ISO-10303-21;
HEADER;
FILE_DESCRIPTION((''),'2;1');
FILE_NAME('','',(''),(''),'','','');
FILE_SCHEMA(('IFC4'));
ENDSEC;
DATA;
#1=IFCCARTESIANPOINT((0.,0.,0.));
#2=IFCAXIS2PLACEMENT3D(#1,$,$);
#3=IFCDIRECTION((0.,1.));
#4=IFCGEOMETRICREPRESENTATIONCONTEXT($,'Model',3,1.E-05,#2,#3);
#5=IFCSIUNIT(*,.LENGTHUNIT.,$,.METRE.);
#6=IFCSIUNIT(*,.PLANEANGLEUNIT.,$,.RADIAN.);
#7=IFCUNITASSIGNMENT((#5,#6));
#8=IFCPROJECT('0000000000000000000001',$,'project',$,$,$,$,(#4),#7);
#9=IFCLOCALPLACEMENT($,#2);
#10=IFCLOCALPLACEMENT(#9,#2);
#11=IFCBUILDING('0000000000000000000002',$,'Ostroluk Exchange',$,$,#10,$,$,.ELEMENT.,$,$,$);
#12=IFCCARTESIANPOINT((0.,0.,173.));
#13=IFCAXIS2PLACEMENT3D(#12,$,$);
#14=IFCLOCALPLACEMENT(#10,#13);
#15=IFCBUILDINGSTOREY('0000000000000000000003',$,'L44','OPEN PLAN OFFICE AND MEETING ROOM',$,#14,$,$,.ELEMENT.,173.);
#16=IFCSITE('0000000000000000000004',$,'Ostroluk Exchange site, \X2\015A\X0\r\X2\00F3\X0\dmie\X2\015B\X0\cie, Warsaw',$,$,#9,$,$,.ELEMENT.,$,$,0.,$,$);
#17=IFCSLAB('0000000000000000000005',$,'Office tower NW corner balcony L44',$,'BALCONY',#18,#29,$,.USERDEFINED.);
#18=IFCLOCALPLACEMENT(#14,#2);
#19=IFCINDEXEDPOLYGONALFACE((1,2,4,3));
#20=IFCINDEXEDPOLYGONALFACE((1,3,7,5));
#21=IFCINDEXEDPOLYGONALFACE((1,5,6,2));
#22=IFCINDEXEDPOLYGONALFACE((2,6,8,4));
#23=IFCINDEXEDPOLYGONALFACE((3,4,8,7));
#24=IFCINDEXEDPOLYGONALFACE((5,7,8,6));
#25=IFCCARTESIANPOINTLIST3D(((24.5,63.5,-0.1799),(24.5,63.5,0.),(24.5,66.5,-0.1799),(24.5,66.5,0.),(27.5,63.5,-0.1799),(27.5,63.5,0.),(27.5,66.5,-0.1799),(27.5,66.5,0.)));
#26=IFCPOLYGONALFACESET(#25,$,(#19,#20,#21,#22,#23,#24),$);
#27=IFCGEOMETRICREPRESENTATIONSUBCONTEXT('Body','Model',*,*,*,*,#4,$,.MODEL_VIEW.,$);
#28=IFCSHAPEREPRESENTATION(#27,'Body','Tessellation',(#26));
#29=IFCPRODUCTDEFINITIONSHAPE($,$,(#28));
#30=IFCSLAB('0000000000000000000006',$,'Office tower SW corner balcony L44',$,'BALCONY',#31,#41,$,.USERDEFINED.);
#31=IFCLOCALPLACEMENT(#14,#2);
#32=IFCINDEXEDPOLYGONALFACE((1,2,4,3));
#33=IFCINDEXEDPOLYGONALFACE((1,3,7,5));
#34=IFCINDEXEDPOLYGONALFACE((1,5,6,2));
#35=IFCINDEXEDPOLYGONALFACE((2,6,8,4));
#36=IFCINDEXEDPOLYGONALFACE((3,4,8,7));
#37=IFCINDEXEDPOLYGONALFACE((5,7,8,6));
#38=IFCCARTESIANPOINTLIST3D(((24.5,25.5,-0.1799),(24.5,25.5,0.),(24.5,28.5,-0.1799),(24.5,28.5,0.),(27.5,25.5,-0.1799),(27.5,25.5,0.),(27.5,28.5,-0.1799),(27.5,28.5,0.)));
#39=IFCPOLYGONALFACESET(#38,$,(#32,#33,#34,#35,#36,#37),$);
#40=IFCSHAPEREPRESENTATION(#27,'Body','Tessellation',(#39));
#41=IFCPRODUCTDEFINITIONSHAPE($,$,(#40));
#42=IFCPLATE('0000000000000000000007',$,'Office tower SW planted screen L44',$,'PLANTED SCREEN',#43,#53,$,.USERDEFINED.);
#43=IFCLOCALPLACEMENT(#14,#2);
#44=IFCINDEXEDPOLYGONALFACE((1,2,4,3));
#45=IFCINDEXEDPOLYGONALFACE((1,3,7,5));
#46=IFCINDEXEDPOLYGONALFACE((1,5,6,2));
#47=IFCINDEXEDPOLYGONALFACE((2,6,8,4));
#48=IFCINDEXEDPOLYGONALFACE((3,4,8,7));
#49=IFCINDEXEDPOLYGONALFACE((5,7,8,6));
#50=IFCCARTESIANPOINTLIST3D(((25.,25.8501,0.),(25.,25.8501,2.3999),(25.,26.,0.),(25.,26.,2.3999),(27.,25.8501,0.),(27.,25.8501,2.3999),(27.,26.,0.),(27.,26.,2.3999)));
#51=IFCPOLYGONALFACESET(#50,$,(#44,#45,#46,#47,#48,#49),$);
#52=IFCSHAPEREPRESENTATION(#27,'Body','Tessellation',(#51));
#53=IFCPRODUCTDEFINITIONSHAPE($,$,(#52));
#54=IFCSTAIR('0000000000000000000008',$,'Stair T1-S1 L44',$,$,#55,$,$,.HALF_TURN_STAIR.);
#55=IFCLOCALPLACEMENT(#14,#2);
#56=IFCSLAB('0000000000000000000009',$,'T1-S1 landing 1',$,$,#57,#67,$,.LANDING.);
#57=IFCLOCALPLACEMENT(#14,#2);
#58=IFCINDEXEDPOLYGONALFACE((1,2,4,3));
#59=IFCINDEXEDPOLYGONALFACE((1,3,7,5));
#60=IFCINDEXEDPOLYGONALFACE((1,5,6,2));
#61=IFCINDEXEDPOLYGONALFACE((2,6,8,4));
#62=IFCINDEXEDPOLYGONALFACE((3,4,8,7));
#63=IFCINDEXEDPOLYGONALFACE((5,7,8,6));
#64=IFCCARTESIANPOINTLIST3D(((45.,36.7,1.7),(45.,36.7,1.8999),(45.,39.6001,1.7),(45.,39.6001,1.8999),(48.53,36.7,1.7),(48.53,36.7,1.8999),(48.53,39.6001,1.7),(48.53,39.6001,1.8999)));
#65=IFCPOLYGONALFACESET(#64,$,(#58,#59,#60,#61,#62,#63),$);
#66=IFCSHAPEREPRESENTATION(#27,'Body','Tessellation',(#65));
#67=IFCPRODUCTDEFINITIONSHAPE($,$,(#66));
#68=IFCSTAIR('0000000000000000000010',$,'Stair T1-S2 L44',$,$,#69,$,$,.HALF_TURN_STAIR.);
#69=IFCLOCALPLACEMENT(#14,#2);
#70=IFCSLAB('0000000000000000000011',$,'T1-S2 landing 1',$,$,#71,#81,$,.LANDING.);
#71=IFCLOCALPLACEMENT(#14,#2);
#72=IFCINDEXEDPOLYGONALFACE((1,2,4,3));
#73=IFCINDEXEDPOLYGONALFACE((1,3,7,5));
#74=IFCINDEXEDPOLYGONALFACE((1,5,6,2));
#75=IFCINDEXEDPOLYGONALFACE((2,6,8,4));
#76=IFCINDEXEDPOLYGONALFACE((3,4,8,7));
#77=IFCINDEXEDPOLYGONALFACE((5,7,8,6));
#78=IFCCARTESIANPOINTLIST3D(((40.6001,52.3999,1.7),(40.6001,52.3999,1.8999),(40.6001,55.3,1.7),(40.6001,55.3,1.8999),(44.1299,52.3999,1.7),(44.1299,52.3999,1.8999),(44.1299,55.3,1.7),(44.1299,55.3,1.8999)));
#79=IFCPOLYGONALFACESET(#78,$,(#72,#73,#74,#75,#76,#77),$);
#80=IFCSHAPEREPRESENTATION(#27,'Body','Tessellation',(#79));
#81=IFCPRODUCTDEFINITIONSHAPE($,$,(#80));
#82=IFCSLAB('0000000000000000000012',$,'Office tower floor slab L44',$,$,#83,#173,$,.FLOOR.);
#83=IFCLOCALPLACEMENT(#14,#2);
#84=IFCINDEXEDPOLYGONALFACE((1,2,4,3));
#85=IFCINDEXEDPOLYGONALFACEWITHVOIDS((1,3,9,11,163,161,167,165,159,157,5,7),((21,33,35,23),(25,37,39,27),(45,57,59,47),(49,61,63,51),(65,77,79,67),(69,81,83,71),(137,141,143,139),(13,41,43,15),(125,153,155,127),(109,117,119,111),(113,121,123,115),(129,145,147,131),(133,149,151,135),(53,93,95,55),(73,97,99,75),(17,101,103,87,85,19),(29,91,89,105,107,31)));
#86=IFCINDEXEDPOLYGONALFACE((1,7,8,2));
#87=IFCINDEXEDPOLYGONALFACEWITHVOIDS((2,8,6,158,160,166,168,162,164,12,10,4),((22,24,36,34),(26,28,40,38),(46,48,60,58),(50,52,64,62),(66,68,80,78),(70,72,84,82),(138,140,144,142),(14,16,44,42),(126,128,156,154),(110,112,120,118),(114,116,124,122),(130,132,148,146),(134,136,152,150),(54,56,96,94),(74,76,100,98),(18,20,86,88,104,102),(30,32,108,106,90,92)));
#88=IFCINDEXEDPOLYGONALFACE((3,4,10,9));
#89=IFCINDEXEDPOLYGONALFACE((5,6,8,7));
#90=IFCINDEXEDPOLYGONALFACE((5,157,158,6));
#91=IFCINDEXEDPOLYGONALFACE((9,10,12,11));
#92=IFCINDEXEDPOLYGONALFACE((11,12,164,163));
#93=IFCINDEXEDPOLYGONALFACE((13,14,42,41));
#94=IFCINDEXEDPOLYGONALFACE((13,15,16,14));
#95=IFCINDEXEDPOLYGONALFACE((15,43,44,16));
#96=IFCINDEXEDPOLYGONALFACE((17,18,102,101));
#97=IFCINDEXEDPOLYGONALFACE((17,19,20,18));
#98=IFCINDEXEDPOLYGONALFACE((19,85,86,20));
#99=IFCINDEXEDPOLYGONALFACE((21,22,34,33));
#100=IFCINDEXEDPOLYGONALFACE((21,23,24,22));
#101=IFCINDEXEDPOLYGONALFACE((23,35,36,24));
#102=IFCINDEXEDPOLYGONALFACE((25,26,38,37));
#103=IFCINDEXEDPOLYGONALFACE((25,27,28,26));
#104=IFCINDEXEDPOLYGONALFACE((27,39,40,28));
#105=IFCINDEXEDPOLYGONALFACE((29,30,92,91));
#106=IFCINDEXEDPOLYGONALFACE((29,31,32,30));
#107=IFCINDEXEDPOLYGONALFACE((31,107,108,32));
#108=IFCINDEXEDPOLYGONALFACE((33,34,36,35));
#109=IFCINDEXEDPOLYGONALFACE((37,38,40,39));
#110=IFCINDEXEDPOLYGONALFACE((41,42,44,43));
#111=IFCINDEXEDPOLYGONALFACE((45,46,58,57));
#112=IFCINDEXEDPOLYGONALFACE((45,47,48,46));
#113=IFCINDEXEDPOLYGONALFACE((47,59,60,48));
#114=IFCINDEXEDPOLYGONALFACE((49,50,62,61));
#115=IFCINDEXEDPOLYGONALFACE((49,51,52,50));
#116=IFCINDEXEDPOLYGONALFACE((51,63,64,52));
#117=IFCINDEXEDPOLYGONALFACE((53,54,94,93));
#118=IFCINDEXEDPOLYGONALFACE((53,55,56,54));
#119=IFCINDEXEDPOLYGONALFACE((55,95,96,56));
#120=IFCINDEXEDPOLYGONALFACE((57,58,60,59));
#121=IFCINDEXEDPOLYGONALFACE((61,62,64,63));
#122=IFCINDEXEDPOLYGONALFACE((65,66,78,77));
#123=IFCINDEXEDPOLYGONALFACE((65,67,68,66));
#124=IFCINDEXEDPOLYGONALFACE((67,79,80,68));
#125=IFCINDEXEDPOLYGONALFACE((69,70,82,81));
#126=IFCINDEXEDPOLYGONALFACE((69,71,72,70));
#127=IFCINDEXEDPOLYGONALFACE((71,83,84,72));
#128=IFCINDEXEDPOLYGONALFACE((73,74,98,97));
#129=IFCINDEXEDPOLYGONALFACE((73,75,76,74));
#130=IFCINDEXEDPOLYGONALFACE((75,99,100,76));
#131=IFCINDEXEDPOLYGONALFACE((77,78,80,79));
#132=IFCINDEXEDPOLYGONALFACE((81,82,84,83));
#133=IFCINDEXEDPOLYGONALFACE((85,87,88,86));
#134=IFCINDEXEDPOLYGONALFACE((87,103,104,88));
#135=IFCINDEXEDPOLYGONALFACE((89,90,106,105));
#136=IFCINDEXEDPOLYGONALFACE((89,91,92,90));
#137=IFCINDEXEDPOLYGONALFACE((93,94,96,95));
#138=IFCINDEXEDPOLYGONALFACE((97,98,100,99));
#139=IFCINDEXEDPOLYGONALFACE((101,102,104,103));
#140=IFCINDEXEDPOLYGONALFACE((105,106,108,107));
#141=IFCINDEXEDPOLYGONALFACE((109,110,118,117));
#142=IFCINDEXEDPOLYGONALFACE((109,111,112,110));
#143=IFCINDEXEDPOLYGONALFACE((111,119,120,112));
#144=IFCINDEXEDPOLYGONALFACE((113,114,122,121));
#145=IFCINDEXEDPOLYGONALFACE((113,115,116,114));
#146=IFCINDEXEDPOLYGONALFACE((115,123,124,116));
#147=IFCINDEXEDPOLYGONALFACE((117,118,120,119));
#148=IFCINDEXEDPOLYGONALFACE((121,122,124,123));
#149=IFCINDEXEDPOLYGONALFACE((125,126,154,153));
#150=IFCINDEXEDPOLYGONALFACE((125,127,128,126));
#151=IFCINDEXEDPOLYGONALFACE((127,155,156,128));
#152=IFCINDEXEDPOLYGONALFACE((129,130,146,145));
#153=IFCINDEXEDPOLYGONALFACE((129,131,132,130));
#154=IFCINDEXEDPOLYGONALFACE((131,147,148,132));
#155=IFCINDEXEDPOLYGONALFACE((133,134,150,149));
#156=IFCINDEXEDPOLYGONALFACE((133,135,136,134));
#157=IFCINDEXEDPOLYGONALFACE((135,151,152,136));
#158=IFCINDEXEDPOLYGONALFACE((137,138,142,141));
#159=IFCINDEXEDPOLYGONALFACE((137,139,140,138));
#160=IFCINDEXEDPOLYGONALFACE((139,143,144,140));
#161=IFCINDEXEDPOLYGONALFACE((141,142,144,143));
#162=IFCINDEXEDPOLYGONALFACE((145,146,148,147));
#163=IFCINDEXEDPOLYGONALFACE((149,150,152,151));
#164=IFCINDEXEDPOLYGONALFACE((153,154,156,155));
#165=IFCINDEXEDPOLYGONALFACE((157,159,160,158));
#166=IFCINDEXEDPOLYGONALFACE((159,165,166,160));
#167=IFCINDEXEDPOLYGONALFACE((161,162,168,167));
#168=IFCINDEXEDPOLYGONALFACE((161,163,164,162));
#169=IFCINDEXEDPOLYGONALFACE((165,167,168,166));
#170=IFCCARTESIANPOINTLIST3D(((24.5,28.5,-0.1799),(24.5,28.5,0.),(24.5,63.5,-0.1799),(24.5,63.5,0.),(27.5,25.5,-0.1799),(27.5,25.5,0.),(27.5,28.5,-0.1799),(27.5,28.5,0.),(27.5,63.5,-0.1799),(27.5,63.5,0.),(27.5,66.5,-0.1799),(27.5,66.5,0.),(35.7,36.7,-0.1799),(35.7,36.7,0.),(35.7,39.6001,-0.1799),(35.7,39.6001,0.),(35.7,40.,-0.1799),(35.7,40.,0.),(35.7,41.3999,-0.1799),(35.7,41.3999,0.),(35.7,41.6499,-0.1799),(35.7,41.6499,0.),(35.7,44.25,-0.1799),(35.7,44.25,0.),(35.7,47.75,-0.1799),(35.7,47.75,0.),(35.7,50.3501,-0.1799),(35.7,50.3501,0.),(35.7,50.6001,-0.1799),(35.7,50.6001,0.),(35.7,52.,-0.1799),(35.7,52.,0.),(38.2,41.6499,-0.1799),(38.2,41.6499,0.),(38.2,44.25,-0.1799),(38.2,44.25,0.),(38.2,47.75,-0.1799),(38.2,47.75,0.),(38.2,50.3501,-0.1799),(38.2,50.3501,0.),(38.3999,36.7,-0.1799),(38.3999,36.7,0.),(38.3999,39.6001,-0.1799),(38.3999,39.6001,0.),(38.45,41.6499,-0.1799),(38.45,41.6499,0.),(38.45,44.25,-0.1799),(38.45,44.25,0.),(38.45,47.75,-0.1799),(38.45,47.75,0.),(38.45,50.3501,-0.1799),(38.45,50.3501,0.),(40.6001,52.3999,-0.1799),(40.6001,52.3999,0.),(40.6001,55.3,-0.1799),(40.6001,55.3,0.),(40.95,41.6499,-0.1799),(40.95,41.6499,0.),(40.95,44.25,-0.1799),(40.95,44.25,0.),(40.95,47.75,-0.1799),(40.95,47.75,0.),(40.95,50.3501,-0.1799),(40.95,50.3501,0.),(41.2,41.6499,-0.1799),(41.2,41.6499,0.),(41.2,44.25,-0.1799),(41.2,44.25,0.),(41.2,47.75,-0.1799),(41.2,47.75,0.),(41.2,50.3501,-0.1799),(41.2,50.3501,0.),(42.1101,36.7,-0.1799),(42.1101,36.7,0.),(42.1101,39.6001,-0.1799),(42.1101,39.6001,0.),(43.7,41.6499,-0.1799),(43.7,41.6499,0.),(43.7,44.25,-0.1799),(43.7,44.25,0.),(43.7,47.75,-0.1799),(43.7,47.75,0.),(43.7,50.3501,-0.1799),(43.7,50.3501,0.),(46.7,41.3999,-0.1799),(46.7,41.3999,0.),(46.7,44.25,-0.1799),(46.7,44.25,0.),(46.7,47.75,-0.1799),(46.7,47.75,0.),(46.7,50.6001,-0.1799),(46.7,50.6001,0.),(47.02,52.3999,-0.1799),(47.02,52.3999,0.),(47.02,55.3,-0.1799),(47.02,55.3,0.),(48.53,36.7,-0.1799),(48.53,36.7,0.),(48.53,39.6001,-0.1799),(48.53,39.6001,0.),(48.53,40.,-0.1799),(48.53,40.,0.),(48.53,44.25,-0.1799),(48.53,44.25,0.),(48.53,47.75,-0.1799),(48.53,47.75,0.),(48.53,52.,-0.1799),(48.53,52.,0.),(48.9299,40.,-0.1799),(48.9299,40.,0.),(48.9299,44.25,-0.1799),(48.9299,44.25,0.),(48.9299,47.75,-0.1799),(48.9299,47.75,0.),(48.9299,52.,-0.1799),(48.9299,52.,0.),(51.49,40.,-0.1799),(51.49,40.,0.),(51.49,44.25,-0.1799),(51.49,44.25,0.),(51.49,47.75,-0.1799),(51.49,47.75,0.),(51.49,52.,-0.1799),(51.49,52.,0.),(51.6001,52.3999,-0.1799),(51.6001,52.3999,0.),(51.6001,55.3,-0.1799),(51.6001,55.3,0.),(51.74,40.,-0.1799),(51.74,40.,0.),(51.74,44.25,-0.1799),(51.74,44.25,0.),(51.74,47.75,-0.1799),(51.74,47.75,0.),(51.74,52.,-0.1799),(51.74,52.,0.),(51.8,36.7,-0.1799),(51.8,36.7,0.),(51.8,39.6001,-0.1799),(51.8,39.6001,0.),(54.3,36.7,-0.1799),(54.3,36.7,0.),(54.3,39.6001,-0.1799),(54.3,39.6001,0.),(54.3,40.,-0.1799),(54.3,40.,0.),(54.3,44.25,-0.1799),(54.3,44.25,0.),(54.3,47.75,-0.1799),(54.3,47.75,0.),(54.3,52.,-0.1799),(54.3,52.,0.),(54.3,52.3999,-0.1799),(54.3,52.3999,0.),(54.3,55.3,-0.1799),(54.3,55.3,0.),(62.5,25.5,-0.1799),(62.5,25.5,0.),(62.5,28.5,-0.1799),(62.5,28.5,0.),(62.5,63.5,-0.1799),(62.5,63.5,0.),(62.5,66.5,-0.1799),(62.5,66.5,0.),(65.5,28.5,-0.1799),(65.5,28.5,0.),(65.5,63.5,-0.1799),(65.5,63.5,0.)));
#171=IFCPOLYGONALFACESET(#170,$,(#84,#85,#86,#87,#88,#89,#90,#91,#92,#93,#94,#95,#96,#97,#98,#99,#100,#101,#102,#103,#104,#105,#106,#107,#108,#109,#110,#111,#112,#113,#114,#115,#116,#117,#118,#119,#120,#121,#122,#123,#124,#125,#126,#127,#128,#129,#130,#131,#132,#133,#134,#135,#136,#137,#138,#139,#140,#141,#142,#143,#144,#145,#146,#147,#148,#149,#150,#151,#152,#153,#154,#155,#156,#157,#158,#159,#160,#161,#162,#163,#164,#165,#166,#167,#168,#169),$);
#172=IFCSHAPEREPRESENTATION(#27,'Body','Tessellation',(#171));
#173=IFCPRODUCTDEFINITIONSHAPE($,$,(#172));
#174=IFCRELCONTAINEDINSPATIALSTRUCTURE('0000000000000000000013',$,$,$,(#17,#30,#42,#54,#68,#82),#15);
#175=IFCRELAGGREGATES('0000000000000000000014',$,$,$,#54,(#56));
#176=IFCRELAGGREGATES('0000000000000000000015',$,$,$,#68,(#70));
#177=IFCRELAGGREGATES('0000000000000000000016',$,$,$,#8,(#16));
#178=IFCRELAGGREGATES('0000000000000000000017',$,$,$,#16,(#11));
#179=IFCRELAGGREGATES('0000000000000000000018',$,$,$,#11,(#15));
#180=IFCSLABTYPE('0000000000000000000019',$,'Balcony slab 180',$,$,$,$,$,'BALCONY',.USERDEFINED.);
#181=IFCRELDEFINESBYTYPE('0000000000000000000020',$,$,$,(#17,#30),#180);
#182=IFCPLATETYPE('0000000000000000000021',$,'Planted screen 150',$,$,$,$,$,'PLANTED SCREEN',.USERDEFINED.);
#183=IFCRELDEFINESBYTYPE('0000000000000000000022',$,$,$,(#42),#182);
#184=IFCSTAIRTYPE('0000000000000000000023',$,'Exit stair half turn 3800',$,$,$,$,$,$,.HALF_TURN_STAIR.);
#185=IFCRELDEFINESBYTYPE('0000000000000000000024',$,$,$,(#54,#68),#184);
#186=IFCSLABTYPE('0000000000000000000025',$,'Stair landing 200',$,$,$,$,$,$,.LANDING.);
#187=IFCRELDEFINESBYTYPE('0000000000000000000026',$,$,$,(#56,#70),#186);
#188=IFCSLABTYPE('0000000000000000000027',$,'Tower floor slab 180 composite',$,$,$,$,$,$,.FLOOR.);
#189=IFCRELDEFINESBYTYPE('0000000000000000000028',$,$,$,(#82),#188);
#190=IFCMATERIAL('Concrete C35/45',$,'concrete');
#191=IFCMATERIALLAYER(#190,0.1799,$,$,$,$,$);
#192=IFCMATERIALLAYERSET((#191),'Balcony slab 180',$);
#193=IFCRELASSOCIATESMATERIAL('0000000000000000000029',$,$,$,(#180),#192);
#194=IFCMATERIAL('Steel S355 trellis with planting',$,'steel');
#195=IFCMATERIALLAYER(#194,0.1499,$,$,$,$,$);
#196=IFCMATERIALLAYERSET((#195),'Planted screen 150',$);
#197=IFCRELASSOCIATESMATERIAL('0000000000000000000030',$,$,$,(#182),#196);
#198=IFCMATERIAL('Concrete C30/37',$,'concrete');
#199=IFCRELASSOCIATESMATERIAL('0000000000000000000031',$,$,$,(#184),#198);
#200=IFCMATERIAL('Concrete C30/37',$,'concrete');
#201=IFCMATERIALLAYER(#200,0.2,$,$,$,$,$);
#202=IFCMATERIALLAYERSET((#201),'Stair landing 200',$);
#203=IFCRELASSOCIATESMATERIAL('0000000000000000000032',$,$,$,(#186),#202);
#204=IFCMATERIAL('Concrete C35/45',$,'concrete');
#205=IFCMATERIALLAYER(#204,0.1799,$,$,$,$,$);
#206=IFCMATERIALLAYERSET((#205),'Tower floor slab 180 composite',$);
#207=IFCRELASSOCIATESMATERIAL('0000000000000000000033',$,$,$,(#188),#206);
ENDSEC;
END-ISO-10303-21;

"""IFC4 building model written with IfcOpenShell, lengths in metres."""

from ifc_helpers import new_model, si_unit, direction, frame, origin, origin_2d, place, context, subcontext, project, spatial, polyline, rectangle, outline, extrude, material, layer, layer_set, type_object, element, aggregate, save


model = new_model("IFC4")

# Units and contexts
model_context = context("Model", 3, precision=1e-05, world=origin(), true_north=direction((0.0, 1.0)))
body_context = subcontext(model_context, "Body", "Model", "MODEL_VIEW")
ifc_project = project(units=[si_unit("LENGTHUNIT", "METRE"), si_unit("PLANEANGLEUNIT", "RADIAN")], contexts=[model_context])

# Site, building, storey
site_placement = place(None, origin())
site = spatial("IfcSite", under=ifc_project, at=site_placement, Name="Ostroluk Exchange site, Śródmieście, Warsaw", CompositionType="ELEMENT", RefElevation=0.0)
building_placement = place(site_placement, origin())
building = spatial("IfcBuilding", under=site, at=building_placement, Name="Ostroluk Exchange", CompositionType="ELEMENT")
storey_placement = place(building_placement, frame((0.0, 0.0, 173.0)))
storey = spatial("IfcBuildingStorey", under=building, at=storey_placement, Name="L44", Description="OPEN PLAN OFFICE AND MEETING ROOM", CompositionType="ELEMENT", Elevation=173.0)

# Slabs
ifc_material_1 = material(Name="Concrete C35/45", Category="concrete")
ifc_layer_1 = layer(ifc_material_1, 0.1799)
ifc_layer_set_1 = layer_set([ifc_layer_1], Name="Balcony slab 180")
slab_type_1 = type_object("IfcSlabType", Name="Balcony slab 180", ElementType="BALCONY", PredefinedType="USERDEFINED", material=ifc_layer_set_1)
slab_1_placement = place(storey_placement, frame((0.0, 0.0, -0.1799)))
element("IfcSlab", 1, at=slab_1_placement, inside=storey, type_object=slab_type_1, Name="Office tower NW corner balcony L44", ObjectType="BALCONY", PredefinedType="USERDEFINED", context=body_context, shape_type="SweptSolid", body=[
    extrude(outline(polyline([(24.5, 63.5), (27.5, 63.5), (27.5, 66.5), (24.5, 66.5), (24.5, 63.5)])), origin(), (0.0, 0.0, 1.0), 0.1799),
])
slab_2_placement = place(storey_placement, frame((0.0, 0.0, -0.1799)))
element("IfcSlab", 2, at=slab_2_placement, inside=storey, type_object=slab_type_1, Name="Office tower SW corner balcony L44", ObjectType="BALCONY", PredefinedType="USERDEFINED", context=body_context, shape_type="SweptSolid", body=[
    extrude(outline(polyline([(24.5, 25.5), (27.5, 25.5), (27.5, 28.5), (24.5, 28.5), (24.5, 25.5)])), origin(), (0.0, 0.0, 1.0), 0.1799),
])

# Plate
ifc_material_2 = material(Name="Steel S355 trellis with planting", Category="steel")
ifc_layer_2 = layer(ifc_material_2, 0.1499)
ifc_layer_set_2 = layer_set([ifc_layer_2], Name="Planted screen 150")
plate_type_1 = type_object("IfcPlateType", Name="Planted screen 150", ElementType="PLANTED SCREEN", PredefinedType="USERDEFINED", material=ifc_layer_set_2)
plate_1_placement = place(storey_placement, frame((26.0, 25.925, 0.0), z_axis=(0.0, 0.0, 1.0), x_axis=(1.0, 0.0, 0.0)))
element("IfcPlate", 3, at=plate_1_placement, inside=storey, type_object=plate_type_1, Name="Office tower SW planted screen L44", ObjectType="PLANTED SCREEN", PredefinedType="USERDEFINED", context=body_context, shape_type="SweptSolid", body=[
    extrude(rectangle(XDim=2.0, YDim=0.1499, at=origin_2d()), origin(), (0.0, 0.0, 1.0), 2.3999),
])

# Stairs, slabs
ifc_material_3 = material(Name="Concrete C30/37", Category="concrete")
stair_type = type_object("IfcStairType", Name="Exit stair half turn 3800", PredefinedType="HALF_TURN_STAIR", material=ifc_material_3)
stair_1_placement = place(storey_placement, origin())
stair_1 = element("IfcStair", 4, at=stair_1_placement, inside=storey, type_object=stair_type, Name="Stair T1-S1 L44", PredefinedType="HALF_TURN_STAIR")
ifc_material_4 = material(Name="Concrete C30/37", Category="concrete")
ifc_layer_3 = layer(ifc_material_4, 0.2)
ifc_layer_set_3 = layer_set([ifc_layer_3], Name="Stair landing 200")
slab_type_2 = type_object("IfcSlabType", Name="Stair landing 200", PredefinedType="LANDING", material=ifc_layer_set_3)
slab_3_placement = place(storey_placement, frame((0.0, 0.0, 1.7)))
slab_3 = element("IfcSlab", 5, at=slab_3_placement, type_object=slab_type_2, Name="T1-S1 landing 1", PredefinedType="LANDING", context=body_context, shape_type="SweptSolid", body=[
    extrude(outline(polyline([(45.0, 36.7), (45.0, 39.6001), (48.53, 39.6001), (48.53, 36.7), (45.0, 36.7)])), origin(), (0.0, 0.0, 1.0), 0.2),
])
aggregate(stair_1, [slab_3])
stair_2_placement = place(storey_placement, origin())
stair_2 = element("IfcStair", 6, at=stair_2_placement, inside=storey, type_object=stair_type, Name="Stair T1-S2 L44", PredefinedType="HALF_TURN_STAIR")
slab_4_placement = place(storey_placement, frame((0.0, 0.0, 1.7)))
slab_4 = element("IfcSlab", 7, at=slab_4_placement, type_object=slab_type_2, Name="T1-S2 landing 1", PredefinedType="LANDING", context=body_context, shape_type="SweptSolid", body=[
    extrude(outline(polyline([(44.1299, 52.3999), (44.1299, 55.3), (40.6001, 55.3), (40.6001, 52.3999), (44.1299, 52.3999)])), origin(), (0.0, 0.0, 1.0), 0.2),
])
aggregate(stair_2, [slab_4])

# Slab
ifc_material_5 = material(Name="Concrete C35/45", Category="concrete")
ifc_layer_4 = layer(ifc_material_5, 0.1799)
ifc_layer_set_4 = layer_set([ifc_layer_4], Name="Tower floor slab 180 composite")
slab_type_3 = type_object("IfcSlabType", Name="Tower floor slab 180 composite", PredefinedType="FLOOR", material=ifc_layer_set_4)
slab_5_placement = place(storey_placement, frame((0.0, 0.0, -0.1799)))
element("IfcSlab", 8, at=slab_5_placement, inside=storey, type_object=slab_type_3, Name="Office tower floor slab L44", PredefinedType="FLOOR", context=body_context, shape_type="SweptSolid", body=[
    extrude(outline(polyline([(27.5, 25.5), (62.5, 25.5), (62.5, 28.5), (65.5, 28.5), (65.5, 63.5), (62.5, 63.5), (62.5, 66.5), (27.5, 66.5), (27.5, 63.5), (24.5, 63.5), (24.5, 28.5), (27.5, 28.5), (27.5, 25.5)]), holes=[polyline([(35.7, 36.7), (38.3999, 36.7), (38.3999, 39.6001), (35.7, 39.6001), (35.7, 36.7)]), polyline([(42.1101, 36.7), (48.53, 36.7), (48.53, 39.6001), (42.1101, 39.6001), (42.1101, 36.7)]), polyline([(51.8, 36.7), (54.3, 36.7), (54.3, 39.6001), (51.8, 39.6001), (51.8, 36.7)]), polyline([(40.6001, 52.3999), (47.02, 52.3999), (47.02, 55.3), (40.6001, 55.3), (40.6001, 52.3999)]), polyline([(51.6001, 52.3999), (54.3, 52.3999), (54.3, 55.3), (51.6001, 55.3), (51.6001, 52.3999)]), polyline([(35.7, 47.75), (38.2, 47.75), (38.2, 50.3501), (35.7, 50.3501), (35.7, 47.75)]), polyline([(38.45, 47.75), (40.95, 47.75), (40.95, 50.3501), (38.45, 50.3501), (38.45, 47.75)]), polyline([(41.2, 47.75), (43.7, 47.75), (43.7, 50.3501), (41.2, 50.3501), (41.2, 47.75)]), polyline([(35.7, 41.6499), (38.2, 41.6499), (38.2, 44.25), (35.7, 44.25), (35.7, 41.6499)]), polyline([(38.45, 41.6499), (40.95, 41.6499), (40.95, 44.25), (38.45, 44.25), (38.45, 41.6499)]), polyline([(41.2, 41.6499), (43.7, 41.6499), (43.7, 44.25), (41.2, 44.25), (41.2, 41.6499)]), polyline([(48.9299, 47.75), (51.49, 47.75), (51.49, 52.0), (48.9299, 52.0), (48.9299, 47.75)]), polyline([(51.74, 47.75), (54.3, 47.75), (54.3, 52.0), (51.74, 52.0), (51.74, 47.75)]), polyline([(48.9299, 40.0), (51.49, 40.0), (51.49, 44.25), (48.9299, 44.25), (48.9299, 40.0)]), polyline([(51.74, 40.0), (54.3, 40.0), (54.3, 44.25), (51.74, 44.25), (51.74, 40.0)]), polyline([(48.53, 52.0), (48.53, 47.75), (46.7, 47.75), (46.7, 50.6001), (35.7, 50.6001), (35.7, 52.0), (48.53, 52.0)]), polyline([(35.7, 40.0), (35.7, 41.3999), (46.7, 41.3999), (46.7, 44.25), (48.53, 44.25), (48.53, 40.0), (35.7, 40.0)])]), origin(), (0.0, 0.0, 1.0), 0.1799),
])

save(model, "model.ifc")
